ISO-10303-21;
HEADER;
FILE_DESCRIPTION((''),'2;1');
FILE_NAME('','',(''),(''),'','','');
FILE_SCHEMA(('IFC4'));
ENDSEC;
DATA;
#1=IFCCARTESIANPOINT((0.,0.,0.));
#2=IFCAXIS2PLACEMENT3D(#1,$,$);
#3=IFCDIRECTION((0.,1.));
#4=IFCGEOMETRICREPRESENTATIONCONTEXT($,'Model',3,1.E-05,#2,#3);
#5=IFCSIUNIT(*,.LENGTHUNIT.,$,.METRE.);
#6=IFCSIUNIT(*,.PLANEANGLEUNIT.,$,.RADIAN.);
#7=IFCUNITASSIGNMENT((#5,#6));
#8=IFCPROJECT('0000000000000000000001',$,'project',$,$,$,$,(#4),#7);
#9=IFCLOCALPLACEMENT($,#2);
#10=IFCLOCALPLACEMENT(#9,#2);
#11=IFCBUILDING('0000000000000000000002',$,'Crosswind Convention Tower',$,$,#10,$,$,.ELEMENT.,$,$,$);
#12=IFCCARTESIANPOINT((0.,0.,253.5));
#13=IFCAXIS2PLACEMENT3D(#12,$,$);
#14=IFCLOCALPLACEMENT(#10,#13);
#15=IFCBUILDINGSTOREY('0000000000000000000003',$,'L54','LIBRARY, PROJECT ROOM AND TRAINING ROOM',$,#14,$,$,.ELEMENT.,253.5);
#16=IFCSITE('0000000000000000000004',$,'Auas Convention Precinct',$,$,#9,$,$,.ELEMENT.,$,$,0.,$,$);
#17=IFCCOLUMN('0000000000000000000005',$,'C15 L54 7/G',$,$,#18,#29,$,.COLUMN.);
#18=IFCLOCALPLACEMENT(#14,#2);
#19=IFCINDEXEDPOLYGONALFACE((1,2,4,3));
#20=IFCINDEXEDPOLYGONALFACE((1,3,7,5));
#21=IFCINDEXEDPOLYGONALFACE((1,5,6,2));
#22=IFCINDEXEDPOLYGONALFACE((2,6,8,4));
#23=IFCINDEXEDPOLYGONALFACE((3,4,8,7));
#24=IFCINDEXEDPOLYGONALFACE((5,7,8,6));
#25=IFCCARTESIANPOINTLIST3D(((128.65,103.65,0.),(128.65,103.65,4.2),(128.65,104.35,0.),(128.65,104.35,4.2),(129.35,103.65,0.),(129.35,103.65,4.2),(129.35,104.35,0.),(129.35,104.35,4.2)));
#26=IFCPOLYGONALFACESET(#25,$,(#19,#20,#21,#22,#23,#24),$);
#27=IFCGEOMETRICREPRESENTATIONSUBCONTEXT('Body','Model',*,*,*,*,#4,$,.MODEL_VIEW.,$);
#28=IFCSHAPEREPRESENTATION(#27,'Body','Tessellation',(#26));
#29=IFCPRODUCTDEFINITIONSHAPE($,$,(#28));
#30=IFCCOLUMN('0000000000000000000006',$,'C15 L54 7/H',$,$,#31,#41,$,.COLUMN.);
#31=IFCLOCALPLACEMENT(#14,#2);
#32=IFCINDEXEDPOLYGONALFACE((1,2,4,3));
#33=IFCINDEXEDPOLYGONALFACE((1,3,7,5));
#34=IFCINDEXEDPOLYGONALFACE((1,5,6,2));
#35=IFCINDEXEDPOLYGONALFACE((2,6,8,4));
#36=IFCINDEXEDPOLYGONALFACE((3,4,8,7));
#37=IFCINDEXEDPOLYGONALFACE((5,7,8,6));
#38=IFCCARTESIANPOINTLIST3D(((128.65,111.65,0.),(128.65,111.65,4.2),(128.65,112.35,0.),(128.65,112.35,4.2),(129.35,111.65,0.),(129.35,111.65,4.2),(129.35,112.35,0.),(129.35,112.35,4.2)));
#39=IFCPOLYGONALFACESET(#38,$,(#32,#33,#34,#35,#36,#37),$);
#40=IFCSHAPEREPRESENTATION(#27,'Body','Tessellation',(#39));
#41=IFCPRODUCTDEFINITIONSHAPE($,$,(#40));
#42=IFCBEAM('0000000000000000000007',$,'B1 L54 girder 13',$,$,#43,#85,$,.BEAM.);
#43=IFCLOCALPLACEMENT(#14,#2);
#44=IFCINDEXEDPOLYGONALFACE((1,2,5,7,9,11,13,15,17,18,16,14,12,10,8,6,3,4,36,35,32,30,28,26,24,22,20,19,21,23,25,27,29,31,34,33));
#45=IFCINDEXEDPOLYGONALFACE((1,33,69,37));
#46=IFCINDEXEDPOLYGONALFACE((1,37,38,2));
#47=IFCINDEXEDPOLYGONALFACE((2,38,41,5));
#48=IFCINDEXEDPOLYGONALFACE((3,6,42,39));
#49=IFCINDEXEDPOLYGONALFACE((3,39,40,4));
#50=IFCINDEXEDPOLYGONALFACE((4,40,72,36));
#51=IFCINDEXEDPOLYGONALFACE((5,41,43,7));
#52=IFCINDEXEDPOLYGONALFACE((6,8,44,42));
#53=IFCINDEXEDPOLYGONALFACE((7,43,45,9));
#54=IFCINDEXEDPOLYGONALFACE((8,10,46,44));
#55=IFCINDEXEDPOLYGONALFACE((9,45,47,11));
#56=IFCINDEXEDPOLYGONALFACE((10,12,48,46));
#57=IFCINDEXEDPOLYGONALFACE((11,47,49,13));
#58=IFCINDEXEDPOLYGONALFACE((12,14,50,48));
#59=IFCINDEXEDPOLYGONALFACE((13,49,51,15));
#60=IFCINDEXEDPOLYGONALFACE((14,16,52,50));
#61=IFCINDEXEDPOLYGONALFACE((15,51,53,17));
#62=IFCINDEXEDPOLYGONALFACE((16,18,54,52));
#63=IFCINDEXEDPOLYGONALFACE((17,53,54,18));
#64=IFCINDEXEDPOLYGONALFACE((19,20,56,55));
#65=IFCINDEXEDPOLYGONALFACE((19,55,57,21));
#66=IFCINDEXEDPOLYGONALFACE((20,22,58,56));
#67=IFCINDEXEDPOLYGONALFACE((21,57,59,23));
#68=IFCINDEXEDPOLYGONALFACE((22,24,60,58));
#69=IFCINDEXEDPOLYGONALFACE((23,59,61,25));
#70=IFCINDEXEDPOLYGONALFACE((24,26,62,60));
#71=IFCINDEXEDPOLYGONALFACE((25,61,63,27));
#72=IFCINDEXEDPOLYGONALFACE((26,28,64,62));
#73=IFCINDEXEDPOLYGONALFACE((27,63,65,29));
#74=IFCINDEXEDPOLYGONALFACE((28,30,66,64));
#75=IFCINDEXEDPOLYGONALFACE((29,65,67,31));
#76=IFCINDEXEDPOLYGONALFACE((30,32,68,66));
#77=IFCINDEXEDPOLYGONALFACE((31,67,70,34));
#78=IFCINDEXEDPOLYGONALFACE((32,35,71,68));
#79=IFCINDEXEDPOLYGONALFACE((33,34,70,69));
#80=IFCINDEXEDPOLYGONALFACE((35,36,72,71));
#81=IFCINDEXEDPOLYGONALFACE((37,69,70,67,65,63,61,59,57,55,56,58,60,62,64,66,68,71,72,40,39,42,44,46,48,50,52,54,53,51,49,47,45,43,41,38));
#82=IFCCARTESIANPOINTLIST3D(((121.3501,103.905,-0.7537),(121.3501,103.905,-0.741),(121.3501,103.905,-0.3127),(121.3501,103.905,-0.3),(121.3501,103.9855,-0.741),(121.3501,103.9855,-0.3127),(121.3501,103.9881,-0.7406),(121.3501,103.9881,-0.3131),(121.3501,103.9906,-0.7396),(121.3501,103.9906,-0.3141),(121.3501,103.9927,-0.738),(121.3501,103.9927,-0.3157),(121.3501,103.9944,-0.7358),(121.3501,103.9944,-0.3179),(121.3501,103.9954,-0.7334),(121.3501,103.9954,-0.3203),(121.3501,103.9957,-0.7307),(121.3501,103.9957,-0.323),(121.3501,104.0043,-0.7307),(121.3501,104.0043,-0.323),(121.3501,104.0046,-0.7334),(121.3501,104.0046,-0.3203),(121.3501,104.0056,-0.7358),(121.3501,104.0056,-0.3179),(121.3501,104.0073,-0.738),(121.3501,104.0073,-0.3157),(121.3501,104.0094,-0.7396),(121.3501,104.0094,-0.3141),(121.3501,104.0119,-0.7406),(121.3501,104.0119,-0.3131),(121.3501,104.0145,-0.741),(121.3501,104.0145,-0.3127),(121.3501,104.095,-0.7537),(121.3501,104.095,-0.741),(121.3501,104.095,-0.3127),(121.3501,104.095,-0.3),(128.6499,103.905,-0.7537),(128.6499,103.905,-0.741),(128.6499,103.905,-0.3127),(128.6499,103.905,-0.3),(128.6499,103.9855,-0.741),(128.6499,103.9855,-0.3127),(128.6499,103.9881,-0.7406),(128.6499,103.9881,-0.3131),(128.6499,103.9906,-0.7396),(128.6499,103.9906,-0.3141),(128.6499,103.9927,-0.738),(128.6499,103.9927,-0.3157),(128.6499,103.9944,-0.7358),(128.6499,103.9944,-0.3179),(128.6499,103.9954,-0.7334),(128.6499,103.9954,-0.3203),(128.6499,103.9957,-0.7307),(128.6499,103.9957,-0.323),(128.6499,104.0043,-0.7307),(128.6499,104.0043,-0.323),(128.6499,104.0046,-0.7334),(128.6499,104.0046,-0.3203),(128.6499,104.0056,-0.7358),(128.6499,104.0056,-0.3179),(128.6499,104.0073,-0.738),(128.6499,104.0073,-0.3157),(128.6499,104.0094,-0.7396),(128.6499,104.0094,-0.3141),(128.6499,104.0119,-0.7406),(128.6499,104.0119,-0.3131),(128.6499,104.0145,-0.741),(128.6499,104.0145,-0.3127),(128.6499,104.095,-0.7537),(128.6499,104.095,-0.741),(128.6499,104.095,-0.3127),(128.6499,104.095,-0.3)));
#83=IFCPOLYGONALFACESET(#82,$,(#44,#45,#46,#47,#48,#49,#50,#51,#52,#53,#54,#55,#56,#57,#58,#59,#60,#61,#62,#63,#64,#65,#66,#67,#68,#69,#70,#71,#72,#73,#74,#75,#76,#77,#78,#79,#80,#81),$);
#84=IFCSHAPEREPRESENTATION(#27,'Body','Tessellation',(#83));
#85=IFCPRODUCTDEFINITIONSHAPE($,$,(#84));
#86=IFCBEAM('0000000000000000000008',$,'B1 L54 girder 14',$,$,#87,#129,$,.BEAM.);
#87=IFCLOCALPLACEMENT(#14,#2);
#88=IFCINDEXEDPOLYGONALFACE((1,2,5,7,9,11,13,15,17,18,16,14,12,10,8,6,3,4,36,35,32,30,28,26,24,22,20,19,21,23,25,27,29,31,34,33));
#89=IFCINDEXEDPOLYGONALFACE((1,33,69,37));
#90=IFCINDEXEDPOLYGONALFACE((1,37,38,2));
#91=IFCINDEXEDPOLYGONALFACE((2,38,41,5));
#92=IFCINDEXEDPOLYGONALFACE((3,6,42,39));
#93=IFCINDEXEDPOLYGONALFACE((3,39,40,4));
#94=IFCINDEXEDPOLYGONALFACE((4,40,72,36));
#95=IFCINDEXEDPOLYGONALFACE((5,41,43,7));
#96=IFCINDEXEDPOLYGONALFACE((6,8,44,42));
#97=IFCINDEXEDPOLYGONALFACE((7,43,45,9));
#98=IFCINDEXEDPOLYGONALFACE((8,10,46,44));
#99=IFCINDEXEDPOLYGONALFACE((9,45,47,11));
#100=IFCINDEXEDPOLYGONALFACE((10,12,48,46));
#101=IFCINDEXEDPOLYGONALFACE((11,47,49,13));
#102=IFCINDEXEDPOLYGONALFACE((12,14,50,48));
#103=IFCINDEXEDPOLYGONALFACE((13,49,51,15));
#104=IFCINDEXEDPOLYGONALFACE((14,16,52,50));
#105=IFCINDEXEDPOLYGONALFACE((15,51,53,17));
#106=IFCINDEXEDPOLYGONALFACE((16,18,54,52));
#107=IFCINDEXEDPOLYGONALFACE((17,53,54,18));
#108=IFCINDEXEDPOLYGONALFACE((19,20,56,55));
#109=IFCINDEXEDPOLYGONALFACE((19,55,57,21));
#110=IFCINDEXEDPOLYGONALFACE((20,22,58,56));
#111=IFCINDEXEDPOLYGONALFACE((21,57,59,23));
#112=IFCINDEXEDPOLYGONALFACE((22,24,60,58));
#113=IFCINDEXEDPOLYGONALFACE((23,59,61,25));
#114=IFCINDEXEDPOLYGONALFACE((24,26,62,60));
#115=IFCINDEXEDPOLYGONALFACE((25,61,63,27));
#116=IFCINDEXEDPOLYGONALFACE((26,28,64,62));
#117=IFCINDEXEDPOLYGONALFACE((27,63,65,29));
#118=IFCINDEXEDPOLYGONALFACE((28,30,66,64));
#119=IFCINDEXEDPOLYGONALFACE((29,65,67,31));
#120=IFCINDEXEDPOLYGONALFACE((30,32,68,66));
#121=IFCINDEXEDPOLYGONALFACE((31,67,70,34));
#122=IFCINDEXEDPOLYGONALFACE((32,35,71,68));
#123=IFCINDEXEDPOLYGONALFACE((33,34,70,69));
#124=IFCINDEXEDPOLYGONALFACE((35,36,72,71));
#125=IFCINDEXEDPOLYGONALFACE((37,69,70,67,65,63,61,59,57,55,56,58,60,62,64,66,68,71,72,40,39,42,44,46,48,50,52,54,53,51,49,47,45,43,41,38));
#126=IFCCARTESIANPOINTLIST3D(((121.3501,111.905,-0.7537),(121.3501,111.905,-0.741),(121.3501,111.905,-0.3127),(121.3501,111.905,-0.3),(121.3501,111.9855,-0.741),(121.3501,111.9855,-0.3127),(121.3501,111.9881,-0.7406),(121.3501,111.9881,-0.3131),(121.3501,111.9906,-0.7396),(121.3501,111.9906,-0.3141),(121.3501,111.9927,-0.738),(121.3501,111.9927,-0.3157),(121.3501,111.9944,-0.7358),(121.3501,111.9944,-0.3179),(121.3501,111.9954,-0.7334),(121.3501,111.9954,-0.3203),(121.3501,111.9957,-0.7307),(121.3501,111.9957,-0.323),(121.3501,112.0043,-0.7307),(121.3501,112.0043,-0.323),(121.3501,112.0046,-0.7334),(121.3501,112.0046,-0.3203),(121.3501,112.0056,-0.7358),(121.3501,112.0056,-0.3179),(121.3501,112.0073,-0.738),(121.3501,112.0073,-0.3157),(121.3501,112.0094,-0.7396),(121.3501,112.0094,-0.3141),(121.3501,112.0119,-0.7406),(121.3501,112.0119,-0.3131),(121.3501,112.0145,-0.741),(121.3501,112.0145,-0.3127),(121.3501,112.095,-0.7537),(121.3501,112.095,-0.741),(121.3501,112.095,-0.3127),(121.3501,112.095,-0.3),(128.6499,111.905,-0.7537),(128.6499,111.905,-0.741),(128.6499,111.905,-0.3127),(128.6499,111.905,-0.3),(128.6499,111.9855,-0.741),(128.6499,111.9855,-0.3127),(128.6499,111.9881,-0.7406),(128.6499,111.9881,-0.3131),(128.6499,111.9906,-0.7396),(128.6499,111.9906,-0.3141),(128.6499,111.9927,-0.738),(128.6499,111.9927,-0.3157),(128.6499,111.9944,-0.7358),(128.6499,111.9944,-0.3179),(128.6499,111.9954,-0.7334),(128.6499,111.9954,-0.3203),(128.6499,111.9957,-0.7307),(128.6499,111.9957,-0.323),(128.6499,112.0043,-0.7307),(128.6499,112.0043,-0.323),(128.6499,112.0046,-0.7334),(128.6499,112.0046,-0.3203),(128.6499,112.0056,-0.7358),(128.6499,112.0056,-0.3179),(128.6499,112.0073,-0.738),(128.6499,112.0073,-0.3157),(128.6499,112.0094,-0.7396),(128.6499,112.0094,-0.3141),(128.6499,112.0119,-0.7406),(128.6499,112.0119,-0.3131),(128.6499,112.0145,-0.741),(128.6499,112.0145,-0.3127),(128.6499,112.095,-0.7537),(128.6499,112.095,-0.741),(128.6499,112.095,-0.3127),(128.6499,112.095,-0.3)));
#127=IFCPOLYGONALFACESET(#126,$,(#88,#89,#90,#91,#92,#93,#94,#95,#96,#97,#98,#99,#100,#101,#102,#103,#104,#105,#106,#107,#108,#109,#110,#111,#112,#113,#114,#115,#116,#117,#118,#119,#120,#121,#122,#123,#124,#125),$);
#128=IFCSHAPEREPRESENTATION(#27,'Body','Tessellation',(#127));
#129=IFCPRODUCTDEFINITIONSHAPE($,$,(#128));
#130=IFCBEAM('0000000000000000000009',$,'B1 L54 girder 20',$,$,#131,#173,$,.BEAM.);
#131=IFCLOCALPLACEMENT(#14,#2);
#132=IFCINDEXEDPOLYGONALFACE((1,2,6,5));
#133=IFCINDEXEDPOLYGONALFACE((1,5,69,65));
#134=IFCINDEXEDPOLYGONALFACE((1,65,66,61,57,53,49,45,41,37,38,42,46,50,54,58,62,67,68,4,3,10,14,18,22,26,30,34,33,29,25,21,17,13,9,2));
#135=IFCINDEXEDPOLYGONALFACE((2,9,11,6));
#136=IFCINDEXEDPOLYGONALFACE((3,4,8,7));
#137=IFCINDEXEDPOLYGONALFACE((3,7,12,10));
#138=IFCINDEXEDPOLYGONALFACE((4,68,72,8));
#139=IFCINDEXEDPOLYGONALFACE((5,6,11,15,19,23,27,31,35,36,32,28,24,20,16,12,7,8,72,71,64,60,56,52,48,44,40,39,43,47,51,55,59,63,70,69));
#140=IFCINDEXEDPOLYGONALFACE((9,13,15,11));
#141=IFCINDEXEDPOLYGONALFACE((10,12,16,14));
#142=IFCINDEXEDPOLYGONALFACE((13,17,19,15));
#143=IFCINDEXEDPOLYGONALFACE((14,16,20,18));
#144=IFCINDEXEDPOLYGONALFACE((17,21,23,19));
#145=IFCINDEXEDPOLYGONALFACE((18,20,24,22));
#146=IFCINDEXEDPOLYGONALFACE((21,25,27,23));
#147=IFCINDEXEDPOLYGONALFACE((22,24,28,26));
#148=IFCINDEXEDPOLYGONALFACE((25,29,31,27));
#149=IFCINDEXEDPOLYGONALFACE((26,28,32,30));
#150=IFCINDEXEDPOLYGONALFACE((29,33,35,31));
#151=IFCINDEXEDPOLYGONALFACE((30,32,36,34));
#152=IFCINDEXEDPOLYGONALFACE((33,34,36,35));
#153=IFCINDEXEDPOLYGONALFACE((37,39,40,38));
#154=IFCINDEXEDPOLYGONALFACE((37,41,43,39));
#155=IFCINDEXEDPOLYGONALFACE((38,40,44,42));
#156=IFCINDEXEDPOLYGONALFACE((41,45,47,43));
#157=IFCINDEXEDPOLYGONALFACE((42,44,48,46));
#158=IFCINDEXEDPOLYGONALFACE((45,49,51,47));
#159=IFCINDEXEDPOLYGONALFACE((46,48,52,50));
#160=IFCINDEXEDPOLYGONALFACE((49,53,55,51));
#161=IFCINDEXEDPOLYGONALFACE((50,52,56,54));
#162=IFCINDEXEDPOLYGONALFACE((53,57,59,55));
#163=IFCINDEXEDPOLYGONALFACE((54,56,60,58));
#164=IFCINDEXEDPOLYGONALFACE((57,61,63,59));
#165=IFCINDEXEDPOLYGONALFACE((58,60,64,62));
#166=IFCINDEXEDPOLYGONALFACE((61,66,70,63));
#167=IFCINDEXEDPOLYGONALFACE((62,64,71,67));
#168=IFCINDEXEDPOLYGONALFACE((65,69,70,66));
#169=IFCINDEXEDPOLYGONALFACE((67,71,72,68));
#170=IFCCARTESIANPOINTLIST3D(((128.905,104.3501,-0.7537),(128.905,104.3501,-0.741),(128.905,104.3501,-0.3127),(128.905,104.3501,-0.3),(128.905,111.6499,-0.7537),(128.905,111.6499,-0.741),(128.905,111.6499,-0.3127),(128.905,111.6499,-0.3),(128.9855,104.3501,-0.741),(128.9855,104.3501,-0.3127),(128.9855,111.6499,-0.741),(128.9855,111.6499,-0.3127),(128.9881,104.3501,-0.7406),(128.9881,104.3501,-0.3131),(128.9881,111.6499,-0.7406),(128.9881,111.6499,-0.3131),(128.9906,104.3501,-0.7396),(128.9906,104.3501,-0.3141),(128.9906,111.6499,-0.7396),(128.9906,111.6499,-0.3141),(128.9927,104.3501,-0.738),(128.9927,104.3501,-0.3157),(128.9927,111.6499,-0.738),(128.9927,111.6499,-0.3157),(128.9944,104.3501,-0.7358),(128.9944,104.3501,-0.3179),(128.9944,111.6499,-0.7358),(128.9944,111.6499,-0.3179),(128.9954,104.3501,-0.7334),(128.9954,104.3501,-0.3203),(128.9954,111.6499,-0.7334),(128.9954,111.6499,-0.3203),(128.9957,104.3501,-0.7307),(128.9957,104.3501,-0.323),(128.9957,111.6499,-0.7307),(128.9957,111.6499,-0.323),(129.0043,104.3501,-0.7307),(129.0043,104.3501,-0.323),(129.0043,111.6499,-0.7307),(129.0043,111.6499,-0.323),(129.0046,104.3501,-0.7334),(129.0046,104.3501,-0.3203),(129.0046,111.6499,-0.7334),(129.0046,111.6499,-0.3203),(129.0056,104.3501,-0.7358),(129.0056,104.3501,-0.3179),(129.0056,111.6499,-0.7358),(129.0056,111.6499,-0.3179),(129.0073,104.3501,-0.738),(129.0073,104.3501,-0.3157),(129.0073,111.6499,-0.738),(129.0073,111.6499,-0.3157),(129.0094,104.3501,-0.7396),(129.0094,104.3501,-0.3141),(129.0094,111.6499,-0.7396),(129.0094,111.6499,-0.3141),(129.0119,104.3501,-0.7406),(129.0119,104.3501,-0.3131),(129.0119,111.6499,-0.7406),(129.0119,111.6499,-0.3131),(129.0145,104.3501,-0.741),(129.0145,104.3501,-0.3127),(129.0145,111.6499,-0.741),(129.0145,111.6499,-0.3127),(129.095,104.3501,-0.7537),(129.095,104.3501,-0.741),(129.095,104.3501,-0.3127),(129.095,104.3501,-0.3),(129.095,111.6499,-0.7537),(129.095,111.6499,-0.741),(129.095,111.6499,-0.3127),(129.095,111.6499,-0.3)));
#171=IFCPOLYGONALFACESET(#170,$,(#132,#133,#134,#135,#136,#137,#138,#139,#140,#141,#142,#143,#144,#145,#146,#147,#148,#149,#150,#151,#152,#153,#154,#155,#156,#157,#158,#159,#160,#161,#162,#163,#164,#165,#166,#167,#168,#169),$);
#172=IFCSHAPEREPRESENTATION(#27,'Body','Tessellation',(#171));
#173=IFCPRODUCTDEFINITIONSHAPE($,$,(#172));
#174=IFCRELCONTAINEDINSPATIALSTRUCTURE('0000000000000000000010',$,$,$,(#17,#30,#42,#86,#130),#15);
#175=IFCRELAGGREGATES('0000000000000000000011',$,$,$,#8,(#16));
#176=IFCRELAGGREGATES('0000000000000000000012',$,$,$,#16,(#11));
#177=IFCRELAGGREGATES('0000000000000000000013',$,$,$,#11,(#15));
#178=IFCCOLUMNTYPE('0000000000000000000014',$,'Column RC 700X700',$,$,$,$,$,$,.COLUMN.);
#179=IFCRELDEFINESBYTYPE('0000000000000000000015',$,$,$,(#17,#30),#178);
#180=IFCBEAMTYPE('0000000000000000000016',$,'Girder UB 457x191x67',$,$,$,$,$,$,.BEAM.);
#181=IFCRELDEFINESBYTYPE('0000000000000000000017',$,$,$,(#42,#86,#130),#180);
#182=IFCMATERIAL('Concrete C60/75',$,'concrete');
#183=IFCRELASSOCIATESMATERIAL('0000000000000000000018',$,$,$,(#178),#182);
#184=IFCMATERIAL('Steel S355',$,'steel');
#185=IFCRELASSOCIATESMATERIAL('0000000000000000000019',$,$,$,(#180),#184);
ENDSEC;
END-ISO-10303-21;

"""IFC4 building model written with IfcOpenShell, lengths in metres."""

from ifc_helpers import new_model, si_unit, direction, frame, origin, origin_2d, place, context, subcontext, project, spatial, rectangle, i_section, extrude, material, material_profile, profile_set, type_object, element, save


model = new_model("IFC4")

# Units and contexts
model_context = context("Model", 3, precision=1e-05, world=origin(), true_north=direction((0.0, 1.0)))
body_context = subcontext(model_context, "Body", "Model", "MODEL_VIEW")
ifc_project = project(units=[si_unit("LENGTHUNIT", "METRE"), si_unit("PLANEANGLEUNIT", "RADIAN")], contexts=[model_context])

# Site, building, storey
site_placement = place(None, origin())
site = spatial("IfcSite", under=ifc_project, at=site_placement, Name="Auas Convention Precinct", CompositionType="ELEMENT", RefElevation=0.0)
building_placement = place(site_placement, origin())
building = spatial("IfcBuilding", under=site, at=building_placement, Name="Crosswind Convention Tower", CompositionType="ELEMENT")
storey_placement = place(building_placement, frame((0.0, 0.0, 253.5)))
storey = spatial("IfcBuildingStorey", under=building, at=storey_placement, Name="L54", Description="LIBRARY, PROJECT ROOM AND TRAINING ROOM", CompositionType="ELEMENT", Elevation=253.5)

# Columns
ifc_material_1 = material(Name="Concrete C60/75", Category="concrete")
ifc_material_profile_1 = material_profile(ifc_material_1, rectangle(XDim=0.7, YDim=0.7, at=origin_2d()), Name="RC 700X700")
ifc_profile_set_1 = profile_set([ifc_material_profile_1], Name="Concrete C60/75")
column_type = type_object("IfcColumnType", Name="Column RC 700X700", PredefinedType="COLUMN", material=ifc_profile_set_1)
for number, where, z_axis, x_axis, name in (
    (1, (129.0, 104.0, 0.0), (0.0, 0.0, 1.0), (1.0, 0.0, 0.0), "C15 L54 7/G"),
    (2, (129.0, 112.0, 0.0), (0.0, 0.0, 1.0), (1.0, 0.0, 0.0), "C15 L54 7/H"),
):
    element("IfcColumn", number, at=place(storey_placement, frame(where, z_axis=z_axis, x_axis=x_axis)), inside=storey, type_object=column_type, Name=name, PredefinedType="COLUMN", context=body_context, shape_type="SweptSolid", body=[
        extrude(rectangle(XDim=0.7, YDim=0.7, at=origin_2d()), origin(), (0.0, 0.0, 1.0), 4.2),
    ])

# Beams
ifc_material_2 = material(Name="Steel S355", Category="steel")
ifc_material_profile_2 = material_profile(ifc_material_2, i_section(OverallWidth=0.1899, OverallDepth=0.4536, WebThickness=0.0085, FlangeThickness=0.0127, FilletRadius=0.0103, at=origin_2d()), Name="UB 457x191x67")
ifc_profile_set_2 = profile_set([ifc_material_profile_2], Name="Steel S355")
beam_type_1 = type_object("IfcBeamType", Name="Girder UB 457x191x67", PredefinedType="BEAM", material=ifc_profile_set_2)
for number, where, z_axis, x_axis, name in (
    (3, (121.3501, 104.0, -0.5269), (1.0, 0.0, 0.0), (0.0, 1.0, 0.0), "B1 L54 girder 13"),
    (4, (121.3501, 112.0, -0.5269), (1.0, 0.0, 0.0), (0.0, 1.0, 0.0), "B1 L54 girder 14"),
    (5, (129.0, 104.3501, -0.5269), (0.0, 1.0, 0.0), (-1.0, 0.0, 0.0), "B1 L54 girder 20"),
):
    element("IfcBeam", number, at=place(storey_placement, frame(where, z_axis=z_axis, x_axis=x_axis)), inside=storey, type_object=beam_type_1, Name=name, PredefinedType="BEAM", context=body_context, shape_type="SweptSolid", body=[
        extrude(i_section(OverallWidth=0.1899, OverallDepth=0.4536, WebThickness=0.0085, FlangeThickness=0.0127, FilletRadius=0.0103, at=origin_2d()), origin(), (0.0, 0.0, 1.0), 7.2998),
    ])

save(model, "model.ifc")
